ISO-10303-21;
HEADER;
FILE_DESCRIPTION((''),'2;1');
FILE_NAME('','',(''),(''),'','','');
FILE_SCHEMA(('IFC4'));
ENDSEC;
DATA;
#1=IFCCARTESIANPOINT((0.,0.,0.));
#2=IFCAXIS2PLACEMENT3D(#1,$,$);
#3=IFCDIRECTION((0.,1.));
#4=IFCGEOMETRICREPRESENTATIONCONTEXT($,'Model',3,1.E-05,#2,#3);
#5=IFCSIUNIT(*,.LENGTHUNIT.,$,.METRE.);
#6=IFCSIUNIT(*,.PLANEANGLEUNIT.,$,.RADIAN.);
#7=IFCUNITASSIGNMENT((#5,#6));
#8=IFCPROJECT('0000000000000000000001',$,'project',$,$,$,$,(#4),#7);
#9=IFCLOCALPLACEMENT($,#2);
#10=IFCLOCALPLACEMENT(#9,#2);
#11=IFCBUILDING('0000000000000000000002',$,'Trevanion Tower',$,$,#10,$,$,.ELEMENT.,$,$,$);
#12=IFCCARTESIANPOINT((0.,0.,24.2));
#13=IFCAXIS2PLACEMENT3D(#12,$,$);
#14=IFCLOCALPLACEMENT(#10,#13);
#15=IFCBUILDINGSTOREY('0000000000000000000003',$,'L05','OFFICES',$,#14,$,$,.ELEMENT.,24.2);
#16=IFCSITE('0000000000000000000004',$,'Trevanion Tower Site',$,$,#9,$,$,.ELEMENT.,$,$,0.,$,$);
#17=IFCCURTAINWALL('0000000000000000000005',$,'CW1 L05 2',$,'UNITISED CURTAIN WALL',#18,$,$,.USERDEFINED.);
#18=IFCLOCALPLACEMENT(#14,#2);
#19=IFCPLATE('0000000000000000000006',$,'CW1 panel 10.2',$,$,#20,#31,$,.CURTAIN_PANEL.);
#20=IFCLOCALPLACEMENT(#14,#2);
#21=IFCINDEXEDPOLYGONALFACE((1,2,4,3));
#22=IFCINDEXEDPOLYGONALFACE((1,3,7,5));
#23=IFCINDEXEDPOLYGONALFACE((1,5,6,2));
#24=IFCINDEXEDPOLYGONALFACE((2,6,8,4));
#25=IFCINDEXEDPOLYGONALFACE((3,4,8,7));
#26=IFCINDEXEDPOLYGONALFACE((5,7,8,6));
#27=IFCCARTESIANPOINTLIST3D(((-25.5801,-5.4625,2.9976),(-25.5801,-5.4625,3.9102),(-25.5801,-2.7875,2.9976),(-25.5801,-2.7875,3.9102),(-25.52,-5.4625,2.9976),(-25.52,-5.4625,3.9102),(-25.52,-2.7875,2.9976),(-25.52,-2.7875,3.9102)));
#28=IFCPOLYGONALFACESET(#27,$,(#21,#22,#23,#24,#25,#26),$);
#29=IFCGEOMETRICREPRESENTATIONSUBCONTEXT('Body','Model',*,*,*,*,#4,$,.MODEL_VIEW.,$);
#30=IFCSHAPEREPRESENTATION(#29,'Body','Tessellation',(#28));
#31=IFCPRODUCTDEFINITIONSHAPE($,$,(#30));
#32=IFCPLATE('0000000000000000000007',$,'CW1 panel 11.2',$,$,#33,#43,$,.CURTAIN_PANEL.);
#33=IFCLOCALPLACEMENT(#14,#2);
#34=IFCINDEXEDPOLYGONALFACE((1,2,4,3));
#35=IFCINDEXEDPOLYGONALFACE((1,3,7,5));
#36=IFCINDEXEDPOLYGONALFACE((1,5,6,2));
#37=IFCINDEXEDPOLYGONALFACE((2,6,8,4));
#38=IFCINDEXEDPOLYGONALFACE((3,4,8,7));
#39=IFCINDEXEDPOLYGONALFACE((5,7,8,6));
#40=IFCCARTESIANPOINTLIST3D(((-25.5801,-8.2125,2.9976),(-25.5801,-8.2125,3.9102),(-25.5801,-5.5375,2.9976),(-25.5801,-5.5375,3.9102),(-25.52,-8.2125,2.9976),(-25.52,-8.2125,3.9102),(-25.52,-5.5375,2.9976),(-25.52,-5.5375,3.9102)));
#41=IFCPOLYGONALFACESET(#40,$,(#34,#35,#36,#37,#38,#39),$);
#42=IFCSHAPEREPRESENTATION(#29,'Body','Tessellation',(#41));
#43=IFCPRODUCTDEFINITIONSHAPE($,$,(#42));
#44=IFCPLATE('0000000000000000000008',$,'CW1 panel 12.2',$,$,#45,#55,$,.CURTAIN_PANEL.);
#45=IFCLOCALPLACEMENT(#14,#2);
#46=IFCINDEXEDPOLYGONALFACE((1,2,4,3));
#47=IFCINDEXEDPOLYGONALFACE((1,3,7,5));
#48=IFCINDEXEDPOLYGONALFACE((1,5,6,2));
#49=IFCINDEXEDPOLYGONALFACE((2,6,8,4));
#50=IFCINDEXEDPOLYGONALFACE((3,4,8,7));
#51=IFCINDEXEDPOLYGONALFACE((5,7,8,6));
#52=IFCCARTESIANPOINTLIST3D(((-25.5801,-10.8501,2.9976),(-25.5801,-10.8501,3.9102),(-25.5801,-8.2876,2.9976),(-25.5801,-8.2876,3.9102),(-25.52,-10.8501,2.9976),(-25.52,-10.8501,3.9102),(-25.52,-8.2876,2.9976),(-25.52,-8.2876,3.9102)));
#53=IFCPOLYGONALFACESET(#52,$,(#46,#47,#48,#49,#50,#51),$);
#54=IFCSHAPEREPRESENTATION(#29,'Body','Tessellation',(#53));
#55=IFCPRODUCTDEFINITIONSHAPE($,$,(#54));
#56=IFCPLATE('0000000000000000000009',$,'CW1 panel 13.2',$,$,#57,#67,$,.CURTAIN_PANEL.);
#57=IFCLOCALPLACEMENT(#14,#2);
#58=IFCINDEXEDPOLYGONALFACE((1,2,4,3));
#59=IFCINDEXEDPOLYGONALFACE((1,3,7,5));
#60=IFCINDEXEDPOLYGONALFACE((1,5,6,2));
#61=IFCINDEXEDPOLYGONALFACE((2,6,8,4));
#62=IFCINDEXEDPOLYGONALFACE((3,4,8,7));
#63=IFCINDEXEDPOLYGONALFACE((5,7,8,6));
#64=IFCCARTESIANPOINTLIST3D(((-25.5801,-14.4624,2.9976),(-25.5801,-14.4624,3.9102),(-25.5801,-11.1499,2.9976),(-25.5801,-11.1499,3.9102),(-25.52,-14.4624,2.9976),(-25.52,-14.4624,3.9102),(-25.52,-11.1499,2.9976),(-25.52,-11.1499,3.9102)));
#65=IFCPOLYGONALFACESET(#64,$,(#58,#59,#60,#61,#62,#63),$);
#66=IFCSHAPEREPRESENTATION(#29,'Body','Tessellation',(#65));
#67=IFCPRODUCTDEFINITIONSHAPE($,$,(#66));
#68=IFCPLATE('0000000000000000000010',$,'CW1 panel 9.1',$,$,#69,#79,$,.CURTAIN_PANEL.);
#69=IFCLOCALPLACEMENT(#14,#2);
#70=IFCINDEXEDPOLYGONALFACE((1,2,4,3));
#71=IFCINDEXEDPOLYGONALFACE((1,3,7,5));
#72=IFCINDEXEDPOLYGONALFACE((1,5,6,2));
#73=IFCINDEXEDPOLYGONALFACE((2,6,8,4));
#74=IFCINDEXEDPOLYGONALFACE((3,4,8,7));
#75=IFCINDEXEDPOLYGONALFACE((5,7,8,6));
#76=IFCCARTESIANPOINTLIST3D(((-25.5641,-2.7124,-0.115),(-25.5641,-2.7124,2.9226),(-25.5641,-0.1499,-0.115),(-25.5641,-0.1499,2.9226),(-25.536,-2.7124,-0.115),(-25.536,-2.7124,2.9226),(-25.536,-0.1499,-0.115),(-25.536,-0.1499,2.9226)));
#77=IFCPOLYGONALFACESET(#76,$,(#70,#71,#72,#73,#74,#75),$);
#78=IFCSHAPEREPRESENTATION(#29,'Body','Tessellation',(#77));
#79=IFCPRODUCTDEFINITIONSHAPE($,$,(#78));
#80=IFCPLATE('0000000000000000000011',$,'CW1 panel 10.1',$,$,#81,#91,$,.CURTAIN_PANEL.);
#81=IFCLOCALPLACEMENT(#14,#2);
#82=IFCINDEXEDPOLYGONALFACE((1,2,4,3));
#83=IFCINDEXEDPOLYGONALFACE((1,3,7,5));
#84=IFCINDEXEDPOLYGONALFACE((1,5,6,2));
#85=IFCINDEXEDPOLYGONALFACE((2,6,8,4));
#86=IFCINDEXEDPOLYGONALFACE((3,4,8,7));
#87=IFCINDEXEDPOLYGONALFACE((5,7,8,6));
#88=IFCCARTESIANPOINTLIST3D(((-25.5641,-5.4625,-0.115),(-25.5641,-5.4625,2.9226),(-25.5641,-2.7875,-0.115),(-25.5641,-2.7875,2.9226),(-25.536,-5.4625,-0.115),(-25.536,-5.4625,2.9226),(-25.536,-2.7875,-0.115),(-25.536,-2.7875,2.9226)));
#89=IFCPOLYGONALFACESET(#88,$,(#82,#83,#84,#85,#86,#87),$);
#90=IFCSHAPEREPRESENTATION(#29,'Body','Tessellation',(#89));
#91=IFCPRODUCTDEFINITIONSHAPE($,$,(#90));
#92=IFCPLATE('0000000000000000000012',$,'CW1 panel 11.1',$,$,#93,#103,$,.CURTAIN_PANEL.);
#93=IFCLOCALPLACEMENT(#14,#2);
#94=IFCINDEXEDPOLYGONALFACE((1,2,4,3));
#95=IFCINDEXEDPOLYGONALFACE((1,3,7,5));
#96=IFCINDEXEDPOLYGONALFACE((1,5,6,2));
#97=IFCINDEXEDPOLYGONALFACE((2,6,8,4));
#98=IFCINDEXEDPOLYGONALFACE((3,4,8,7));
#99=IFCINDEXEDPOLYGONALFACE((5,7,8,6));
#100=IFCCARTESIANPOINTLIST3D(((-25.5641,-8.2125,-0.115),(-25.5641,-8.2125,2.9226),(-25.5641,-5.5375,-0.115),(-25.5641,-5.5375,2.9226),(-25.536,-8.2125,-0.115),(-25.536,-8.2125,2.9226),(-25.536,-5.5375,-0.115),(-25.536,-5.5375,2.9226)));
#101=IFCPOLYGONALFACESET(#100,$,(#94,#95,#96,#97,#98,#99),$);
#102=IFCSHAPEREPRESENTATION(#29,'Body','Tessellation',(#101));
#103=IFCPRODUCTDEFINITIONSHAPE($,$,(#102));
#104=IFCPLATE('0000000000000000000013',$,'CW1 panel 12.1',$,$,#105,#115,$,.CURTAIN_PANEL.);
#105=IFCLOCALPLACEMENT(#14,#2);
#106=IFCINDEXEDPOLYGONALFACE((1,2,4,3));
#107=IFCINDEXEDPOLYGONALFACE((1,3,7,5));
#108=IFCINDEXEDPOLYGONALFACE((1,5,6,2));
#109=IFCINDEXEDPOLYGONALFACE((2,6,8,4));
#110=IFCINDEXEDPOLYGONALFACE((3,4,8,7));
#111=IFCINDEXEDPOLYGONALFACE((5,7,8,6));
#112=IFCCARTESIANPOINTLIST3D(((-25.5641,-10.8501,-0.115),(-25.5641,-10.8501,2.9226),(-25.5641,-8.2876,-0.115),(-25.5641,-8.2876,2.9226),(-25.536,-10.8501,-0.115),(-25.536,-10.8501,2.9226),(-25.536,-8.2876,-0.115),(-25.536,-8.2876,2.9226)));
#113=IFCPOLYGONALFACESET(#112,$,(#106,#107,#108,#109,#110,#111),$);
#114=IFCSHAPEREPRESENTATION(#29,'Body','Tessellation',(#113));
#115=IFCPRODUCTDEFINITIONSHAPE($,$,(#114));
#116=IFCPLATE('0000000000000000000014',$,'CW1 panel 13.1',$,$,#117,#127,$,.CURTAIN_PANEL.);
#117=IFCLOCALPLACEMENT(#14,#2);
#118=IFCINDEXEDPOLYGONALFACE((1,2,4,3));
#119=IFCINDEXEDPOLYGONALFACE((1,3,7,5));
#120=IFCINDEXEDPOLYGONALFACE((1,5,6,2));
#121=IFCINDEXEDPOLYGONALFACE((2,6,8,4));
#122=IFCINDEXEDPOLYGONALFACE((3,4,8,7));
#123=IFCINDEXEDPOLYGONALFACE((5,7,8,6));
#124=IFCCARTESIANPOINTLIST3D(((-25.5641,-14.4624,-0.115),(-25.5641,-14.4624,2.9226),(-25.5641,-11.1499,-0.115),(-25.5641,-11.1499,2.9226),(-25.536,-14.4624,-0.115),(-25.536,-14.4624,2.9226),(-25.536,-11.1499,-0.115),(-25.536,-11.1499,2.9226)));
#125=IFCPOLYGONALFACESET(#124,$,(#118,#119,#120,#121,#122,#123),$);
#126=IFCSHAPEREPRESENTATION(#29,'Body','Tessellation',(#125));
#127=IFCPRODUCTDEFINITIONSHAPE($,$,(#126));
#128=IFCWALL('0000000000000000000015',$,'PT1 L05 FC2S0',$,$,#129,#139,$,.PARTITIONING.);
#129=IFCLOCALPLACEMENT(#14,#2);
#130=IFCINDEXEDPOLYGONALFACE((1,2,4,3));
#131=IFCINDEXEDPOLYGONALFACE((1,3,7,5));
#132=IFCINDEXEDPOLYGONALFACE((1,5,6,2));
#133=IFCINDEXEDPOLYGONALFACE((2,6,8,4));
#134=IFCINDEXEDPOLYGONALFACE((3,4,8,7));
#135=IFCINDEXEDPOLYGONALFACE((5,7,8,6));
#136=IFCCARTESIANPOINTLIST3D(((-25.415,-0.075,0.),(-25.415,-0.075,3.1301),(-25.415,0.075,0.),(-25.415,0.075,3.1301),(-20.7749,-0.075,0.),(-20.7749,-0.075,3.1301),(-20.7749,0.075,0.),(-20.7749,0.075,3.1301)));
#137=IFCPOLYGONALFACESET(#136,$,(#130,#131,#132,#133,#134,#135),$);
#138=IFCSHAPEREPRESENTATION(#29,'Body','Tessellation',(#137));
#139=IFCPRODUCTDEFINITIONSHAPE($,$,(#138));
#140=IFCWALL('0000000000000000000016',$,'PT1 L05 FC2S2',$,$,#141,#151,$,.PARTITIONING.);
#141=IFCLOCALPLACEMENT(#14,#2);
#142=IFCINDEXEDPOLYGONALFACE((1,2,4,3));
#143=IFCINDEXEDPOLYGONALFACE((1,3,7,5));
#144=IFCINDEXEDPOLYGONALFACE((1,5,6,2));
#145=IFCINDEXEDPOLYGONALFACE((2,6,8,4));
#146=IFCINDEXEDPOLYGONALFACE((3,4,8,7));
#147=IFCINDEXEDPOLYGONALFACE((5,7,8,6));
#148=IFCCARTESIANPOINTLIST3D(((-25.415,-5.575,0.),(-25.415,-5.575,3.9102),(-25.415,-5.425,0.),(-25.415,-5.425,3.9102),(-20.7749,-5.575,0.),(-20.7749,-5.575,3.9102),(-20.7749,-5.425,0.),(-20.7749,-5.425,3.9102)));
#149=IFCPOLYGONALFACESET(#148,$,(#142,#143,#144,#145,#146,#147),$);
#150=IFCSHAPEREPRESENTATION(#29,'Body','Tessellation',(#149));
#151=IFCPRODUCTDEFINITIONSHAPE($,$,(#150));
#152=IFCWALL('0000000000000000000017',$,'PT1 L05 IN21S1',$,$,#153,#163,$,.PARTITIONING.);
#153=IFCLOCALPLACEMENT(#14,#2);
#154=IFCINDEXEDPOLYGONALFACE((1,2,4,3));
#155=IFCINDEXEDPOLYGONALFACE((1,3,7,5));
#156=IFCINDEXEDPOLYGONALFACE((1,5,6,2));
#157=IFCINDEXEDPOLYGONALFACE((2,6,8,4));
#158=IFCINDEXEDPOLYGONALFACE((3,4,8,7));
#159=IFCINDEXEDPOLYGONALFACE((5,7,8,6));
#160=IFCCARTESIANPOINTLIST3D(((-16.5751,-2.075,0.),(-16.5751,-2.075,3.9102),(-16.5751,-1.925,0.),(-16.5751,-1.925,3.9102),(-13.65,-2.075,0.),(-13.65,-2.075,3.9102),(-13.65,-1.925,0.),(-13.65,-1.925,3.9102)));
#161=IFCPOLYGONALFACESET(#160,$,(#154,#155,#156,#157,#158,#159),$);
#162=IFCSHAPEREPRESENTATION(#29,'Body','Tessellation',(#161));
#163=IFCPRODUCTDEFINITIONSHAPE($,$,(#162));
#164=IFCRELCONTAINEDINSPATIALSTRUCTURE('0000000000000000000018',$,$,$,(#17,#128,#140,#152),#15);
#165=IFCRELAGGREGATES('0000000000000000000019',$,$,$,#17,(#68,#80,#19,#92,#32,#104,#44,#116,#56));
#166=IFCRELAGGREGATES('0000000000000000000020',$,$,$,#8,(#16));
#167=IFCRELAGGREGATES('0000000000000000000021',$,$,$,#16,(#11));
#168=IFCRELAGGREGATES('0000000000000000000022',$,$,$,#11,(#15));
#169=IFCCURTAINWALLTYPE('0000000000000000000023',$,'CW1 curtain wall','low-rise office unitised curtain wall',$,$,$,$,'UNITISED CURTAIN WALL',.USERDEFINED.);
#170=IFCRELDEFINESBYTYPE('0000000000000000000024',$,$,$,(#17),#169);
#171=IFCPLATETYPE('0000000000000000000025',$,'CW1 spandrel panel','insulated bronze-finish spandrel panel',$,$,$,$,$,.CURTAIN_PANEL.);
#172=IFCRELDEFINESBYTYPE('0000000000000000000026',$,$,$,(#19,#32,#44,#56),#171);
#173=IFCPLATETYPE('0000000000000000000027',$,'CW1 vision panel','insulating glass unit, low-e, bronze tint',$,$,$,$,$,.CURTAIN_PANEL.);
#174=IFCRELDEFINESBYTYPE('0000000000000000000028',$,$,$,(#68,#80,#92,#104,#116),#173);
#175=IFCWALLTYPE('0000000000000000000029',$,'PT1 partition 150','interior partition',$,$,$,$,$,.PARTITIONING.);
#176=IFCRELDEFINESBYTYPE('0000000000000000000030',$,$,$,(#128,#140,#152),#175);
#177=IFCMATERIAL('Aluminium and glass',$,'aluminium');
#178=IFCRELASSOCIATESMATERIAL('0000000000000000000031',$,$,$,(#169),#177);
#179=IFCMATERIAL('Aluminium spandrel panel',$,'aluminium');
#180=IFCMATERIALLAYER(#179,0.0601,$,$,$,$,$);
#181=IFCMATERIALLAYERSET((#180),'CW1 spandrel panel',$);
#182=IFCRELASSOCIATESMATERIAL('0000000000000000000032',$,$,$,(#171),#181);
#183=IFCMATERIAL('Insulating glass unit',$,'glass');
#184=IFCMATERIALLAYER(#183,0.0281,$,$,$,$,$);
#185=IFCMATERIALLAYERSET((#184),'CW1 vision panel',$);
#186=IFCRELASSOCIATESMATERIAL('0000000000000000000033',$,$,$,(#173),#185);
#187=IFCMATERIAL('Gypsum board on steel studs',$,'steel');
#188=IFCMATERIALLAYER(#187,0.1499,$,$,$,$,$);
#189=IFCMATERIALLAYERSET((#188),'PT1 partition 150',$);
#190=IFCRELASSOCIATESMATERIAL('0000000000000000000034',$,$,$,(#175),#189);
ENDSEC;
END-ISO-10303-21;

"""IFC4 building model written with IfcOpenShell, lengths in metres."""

from ifc_helpers import new_model, si_unit, direction, frame, frame_2d, origin, origin_2d, place, context, subcontext, project, spatial, rectangle, extrude, material, layer, layer_set, type_object, element, aggregate, save


model = new_model("IFC4")

# Units and contexts
model_context = context("Model", 3, precision=1e-05, world=origin(), true_north=direction((0.0, 1.0)))
body_context = subcontext(model_context, "Body", "Model", "MODEL_VIEW")
ifc_project = project(units=[si_unit("LENGTHUNIT", "METRE"), si_unit("PLANEANGLEUNIT", "RADIAN")], contexts=[model_context])

# Site, building, storey
site_placement = place(None, origin())
site = spatial("IfcSite", under=ifc_project, at=site_placement, Name="Trevanion Tower Site", CompositionType="ELEMENT", RefElevation=0.0)
building_placement = place(site_placement, origin())
building = spatial("IfcBuilding", under=site, at=building_placement, Name="Trevanion Tower", CompositionType="ELEMENT")
storey_placement = place(building_placement, frame((0.0, 0.0, 24.2)))
storey = spatial("IfcBuildingStorey", under=building, at=storey_placement, Name="L05", Description="OFFICES", CompositionType="ELEMENT", Elevation=24.2)

# Curtain wall
ifc_material_1 = material(Name="Aluminium and glass", Category="aluminium")
curtain_wall_type = type_object("IfcCurtainWallType", Name="CW1 curtain wall", Description="low-rise office unitised curtain wall", ElementType="UNITISED CURTAIN WALL", PredefinedType="USERDEFINED", material=ifc_material_1)
curtain_wall_placement = place(storey_placement, origin())
curtain_wall = element("IfcCurtainWall", 1, at=curtain_wall_placement, inside=storey, type_object=curtain_wall_type, Name="CW1 L05 2", ObjectType="UNITISED CURTAIN WALL", PredefinedType="USERDEFINED")

# Plates
ifc_material_2 = material(Name="Aluminium spandrel panel", Category="aluminium")
ifc_layer_1 = layer(ifc_material_2, 0.0601)
ifc_layer_set_1 = layer_set([ifc_layer_1], Name="CW1 spandrel panel")
plate_type_1 = type_object("IfcPlateType", Name="CW1 spandrel panel", Description="insulated bronze-finish spandrel panel", PredefinedType="CURTAIN_PANEL", material=ifc_layer_set_1)
plate_1_placement = place(storey_placement, frame((-25.55, -4.125, 2.9976), z_axis=(0.0, 0.0, 1.0), x_axis=(0.0, -1.0, 0.0)))
plate_1 = element("IfcPlate", 2, at=plate_1_placement, type_object=plate_type_1, Name="CW1 panel 10.2", PredefinedType="CURTAIN_PANEL", context=body_context, shape_type="SweptSolid", body=[
    extrude(rectangle(XDim=2.675, YDim=0.0601, at=origin_2d()), origin(), (0.0, 0.0, 1.0), 0.9126),
])
plate_2_placement = place(storey_placement, frame((-25.55, -6.875, 2.9976), z_axis=(0.0, 0.0, 1.0), x_axis=(0.0, -1.0, 0.0)))
plate_2 = element("IfcPlate", 3, at=plate_2_placement, type_object=plate_type_1, Name="CW1 panel 11.2", PredefinedType="CURTAIN_PANEL", context=body_context, shape_type="SweptSolid", body=[
    extrude(rectangle(XDim=2.675, YDim=0.0601, at=origin_2d()), origin(), (0.0, 0.0, 1.0), 0.9126),
])
plate_3_placement = place(storey_placement, frame((-25.55, -9.5688, 2.9976), z_axis=(0.0, 0.0, 1.0), x_axis=(0.0, -1.0, 0.0)))
plate_3 = element("IfcPlate", 4, at=plate_3_placement, type_object=plate_type_1, Name="CW1 panel 12.2", PredefinedType="CURTAIN_PANEL", context=body_context, shape_type="SweptSolid", body=[
    extrude(rectangle(XDim=2.5625, YDim=0.0601, at=origin_2d()), origin(), (0.0, 0.0, 1.0), 0.9126),
])
plate_4_placement = place(storey_placement, frame((-25.55, -12.8062, 2.9976), z_axis=(0.0, 0.0, 1.0), x_axis=(0.0, -1.0, 0.0)))
plate_4 = element("IfcPlate", 5, at=plate_4_placement, type_object=plate_type_1, Name="CW1 panel 13.2", PredefinedType="CURTAIN_PANEL", context=body_context, shape_type="SweptSolid", body=[
    extrude(rectangle(XDim=3.3125, YDim=0.0601, at=origin_2d()), origin(), (0.0, 0.0, 1.0), 0.9126),
])
ifc_material_3 = material(Name="Insulating glass unit", Category="glass")
ifc_layer_2 = layer(ifc_material_3, 0.0281)
ifc_layer_set_2 = layer_set([ifc_layer_2], Name="CW1 vision panel")
plate_type_2 = type_object("IfcPlateType", Name="CW1 vision panel", Description="insulating glass unit, low-e, bronze tint", PredefinedType="CURTAIN_PANEL", material=ifc_layer_set_2)
plate_5_placement = place(storey_placement, frame((-25.55, -1.4312, -0.115), z_axis=(0.0, 0.0, 1.0), x_axis=(0.0, -1.0, 0.0)))
plate_5 = element("IfcPlate", 6, at=plate_5_placement, type_object=plate_type_2, Name="CW1 panel 9.1", PredefinedType="CURTAIN_PANEL", context=body_context, shape_type="SweptSolid", body=[
    extrude(rectangle(XDim=2.5625, YDim=0.0281, at=origin_2d()), origin(), (0.0, 0.0, 1.0), 3.0376),
])
plate_6_placement = place(storey_placement, frame((-25.55, -4.125, -0.115), z_axis=(0.0, 0.0, 1.0), x_axis=(0.0, -1.0, 0.0)))
plate_6 = element("IfcPlate", 7, at=plate_6_placement, type_object=plate_type_2, Name="CW1 panel 10.1", PredefinedType="CURTAIN_PANEL", context=body_context, shape_type="SweptSolid", body=[
    extrude(rectangle(XDim=2.675, YDim=0.0281, at=origin_2d()), origin(), (0.0, 0.0, 1.0), 3.0376),
])
plate_7_placement = place(storey_placement, frame((-25.55, -6.875, -0.115), z_axis=(0.0, 0.0, 1.0), x_axis=(0.0, -1.0, 0.0)))
plate_7 = element("IfcPlate", 8, at=plate_7_placement, type_object=plate_type_2, Name="CW1 panel 11.1", PredefinedType="CURTAIN_PANEL", context=body_context, shape_type="SweptSolid", body=[
    extrude(rectangle(XDim=2.675, YDim=0.0281, at=origin_2d()), origin(), (0.0, 0.0, 1.0), 3.0376),
])
plate_8_placement = place(storey_placement, frame((-25.55, -9.5688, -0.115), z_axis=(0.0, 0.0, 1.0), x_axis=(0.0, -1.0, 0.0)))
plate_8 = element("IfcPlate", 9, at=plate_8_placement, type_object=plate_type_2, Name="CW1 panel 12.1", PredefinedType="CURTAIN_PANEL", context=body_context, shape_type="SweptSolid", body=[
    extrude(rectangle(XDim=2.5625, YDim=0.0281, at=origin_2d()), origin(), (0.0, 0.0, 1.0), 3.0376),
])
plate_9_placement = place(storey_placement, frame((-25.55, -12.8062, -0.115), z_axis=(0.0, 0.0, 1.0), x_axis=(0.0, -1.0, 0.0)))
plate_9 = element("IfcPlate", 10, at=plate_9_placement, type_object=plate_type_2, Name="CW1 panel 13.1", PredefinedType="CURTAIN_PANEL", context=body_context, shape_type="SweptSolid", body=[
    extrude(rectangle(XDim=3.3125, YDim=0.0281, at=origin_2d()), origin(), (0.0, 0.0, 1.0), 3.0376),
])
aggregate(curtain_wall, [plate_5, plate_6, plate_1, plate_7, plate_2, plate_8, plate_3, plate_9, plate_4])

# Walls
ifc_material_4 = material(Name="Gypsum board on steel studs", Category="steel")
ifc_layer_3 = layer(ifc_material_4, 0.1499)
ifc_layer_set_3 = layer_set([ifc_layer_3], Name="PT1 partition 150")
wall_type = type_object("IfcWallType", Name="PT1 partition 150", Description="interior partition", PredefinedType="PARTITIONING", material=ifc_layer_set_3)
wall_1_placement = place(storey_placement, frame((-20.7749, 0.0, 0.0), z_axis=(0.0, 0.0, 1.0), x_axis=(-1.0, 0.0, 0.0)))
element("IfcWall", 11, at=wall_1_placement, inside=storey, type_object=wall_type, Name="PT1 L05 FC2S0", PredefinedType="PARTITIONING", context=body_context, shape_type="SweptSolid", body=[
    extrude(rectangle(XDim=4.6401, YDim=0.1499, at=frame_2d((2.3201, 0.0))), origin(), (0.0, 0.0, 1.0), 3.1301),
])
wall_2_placement = place(storey_placement, frame((-20.7749, -5.5, 0.0), z_axis=(0.0, 0.0, 1.0), x_axis=(-1.0, 0.0, 0.0)))
element("IfcWall", 12, at=wall_2_placement, inside=storey, type_object=wall_type, Name="PT1 L05 FC2S2", PredefinedType="PARTITIONING", context=body_context, shape_type="SweptSolid", body=[
    extrude(rectangle(XDim=4.6401, YDim=0.1499, at=frame_2d((2.3201, 0.0))), origin(), (0.0, 0.0, 1.0), 3.9102),
])
wall_3_placement = place(storey_placement, frame((-16.575, -2.0, 0.0), z_axis=(0.0, 0.0, 1.0), x_axis=(1.0, 0.0, 0.0)))
element("IfcWall", 13, at=wall_3_placement, inside=storey, type_object=wall_type, Name="PT1 L05 IN21S1", PredefinedType="PARTITIONING", context=body_context, shape_type="SweptSolid", body=[
    extrude(rectangle(XDim=2.925, YDim=0.1499, at=frame_2d((1.4624, 0.0))), origin(), (0.0, 0.0, 1.0), 3.9102),
])

save(model, "model.ifc")
